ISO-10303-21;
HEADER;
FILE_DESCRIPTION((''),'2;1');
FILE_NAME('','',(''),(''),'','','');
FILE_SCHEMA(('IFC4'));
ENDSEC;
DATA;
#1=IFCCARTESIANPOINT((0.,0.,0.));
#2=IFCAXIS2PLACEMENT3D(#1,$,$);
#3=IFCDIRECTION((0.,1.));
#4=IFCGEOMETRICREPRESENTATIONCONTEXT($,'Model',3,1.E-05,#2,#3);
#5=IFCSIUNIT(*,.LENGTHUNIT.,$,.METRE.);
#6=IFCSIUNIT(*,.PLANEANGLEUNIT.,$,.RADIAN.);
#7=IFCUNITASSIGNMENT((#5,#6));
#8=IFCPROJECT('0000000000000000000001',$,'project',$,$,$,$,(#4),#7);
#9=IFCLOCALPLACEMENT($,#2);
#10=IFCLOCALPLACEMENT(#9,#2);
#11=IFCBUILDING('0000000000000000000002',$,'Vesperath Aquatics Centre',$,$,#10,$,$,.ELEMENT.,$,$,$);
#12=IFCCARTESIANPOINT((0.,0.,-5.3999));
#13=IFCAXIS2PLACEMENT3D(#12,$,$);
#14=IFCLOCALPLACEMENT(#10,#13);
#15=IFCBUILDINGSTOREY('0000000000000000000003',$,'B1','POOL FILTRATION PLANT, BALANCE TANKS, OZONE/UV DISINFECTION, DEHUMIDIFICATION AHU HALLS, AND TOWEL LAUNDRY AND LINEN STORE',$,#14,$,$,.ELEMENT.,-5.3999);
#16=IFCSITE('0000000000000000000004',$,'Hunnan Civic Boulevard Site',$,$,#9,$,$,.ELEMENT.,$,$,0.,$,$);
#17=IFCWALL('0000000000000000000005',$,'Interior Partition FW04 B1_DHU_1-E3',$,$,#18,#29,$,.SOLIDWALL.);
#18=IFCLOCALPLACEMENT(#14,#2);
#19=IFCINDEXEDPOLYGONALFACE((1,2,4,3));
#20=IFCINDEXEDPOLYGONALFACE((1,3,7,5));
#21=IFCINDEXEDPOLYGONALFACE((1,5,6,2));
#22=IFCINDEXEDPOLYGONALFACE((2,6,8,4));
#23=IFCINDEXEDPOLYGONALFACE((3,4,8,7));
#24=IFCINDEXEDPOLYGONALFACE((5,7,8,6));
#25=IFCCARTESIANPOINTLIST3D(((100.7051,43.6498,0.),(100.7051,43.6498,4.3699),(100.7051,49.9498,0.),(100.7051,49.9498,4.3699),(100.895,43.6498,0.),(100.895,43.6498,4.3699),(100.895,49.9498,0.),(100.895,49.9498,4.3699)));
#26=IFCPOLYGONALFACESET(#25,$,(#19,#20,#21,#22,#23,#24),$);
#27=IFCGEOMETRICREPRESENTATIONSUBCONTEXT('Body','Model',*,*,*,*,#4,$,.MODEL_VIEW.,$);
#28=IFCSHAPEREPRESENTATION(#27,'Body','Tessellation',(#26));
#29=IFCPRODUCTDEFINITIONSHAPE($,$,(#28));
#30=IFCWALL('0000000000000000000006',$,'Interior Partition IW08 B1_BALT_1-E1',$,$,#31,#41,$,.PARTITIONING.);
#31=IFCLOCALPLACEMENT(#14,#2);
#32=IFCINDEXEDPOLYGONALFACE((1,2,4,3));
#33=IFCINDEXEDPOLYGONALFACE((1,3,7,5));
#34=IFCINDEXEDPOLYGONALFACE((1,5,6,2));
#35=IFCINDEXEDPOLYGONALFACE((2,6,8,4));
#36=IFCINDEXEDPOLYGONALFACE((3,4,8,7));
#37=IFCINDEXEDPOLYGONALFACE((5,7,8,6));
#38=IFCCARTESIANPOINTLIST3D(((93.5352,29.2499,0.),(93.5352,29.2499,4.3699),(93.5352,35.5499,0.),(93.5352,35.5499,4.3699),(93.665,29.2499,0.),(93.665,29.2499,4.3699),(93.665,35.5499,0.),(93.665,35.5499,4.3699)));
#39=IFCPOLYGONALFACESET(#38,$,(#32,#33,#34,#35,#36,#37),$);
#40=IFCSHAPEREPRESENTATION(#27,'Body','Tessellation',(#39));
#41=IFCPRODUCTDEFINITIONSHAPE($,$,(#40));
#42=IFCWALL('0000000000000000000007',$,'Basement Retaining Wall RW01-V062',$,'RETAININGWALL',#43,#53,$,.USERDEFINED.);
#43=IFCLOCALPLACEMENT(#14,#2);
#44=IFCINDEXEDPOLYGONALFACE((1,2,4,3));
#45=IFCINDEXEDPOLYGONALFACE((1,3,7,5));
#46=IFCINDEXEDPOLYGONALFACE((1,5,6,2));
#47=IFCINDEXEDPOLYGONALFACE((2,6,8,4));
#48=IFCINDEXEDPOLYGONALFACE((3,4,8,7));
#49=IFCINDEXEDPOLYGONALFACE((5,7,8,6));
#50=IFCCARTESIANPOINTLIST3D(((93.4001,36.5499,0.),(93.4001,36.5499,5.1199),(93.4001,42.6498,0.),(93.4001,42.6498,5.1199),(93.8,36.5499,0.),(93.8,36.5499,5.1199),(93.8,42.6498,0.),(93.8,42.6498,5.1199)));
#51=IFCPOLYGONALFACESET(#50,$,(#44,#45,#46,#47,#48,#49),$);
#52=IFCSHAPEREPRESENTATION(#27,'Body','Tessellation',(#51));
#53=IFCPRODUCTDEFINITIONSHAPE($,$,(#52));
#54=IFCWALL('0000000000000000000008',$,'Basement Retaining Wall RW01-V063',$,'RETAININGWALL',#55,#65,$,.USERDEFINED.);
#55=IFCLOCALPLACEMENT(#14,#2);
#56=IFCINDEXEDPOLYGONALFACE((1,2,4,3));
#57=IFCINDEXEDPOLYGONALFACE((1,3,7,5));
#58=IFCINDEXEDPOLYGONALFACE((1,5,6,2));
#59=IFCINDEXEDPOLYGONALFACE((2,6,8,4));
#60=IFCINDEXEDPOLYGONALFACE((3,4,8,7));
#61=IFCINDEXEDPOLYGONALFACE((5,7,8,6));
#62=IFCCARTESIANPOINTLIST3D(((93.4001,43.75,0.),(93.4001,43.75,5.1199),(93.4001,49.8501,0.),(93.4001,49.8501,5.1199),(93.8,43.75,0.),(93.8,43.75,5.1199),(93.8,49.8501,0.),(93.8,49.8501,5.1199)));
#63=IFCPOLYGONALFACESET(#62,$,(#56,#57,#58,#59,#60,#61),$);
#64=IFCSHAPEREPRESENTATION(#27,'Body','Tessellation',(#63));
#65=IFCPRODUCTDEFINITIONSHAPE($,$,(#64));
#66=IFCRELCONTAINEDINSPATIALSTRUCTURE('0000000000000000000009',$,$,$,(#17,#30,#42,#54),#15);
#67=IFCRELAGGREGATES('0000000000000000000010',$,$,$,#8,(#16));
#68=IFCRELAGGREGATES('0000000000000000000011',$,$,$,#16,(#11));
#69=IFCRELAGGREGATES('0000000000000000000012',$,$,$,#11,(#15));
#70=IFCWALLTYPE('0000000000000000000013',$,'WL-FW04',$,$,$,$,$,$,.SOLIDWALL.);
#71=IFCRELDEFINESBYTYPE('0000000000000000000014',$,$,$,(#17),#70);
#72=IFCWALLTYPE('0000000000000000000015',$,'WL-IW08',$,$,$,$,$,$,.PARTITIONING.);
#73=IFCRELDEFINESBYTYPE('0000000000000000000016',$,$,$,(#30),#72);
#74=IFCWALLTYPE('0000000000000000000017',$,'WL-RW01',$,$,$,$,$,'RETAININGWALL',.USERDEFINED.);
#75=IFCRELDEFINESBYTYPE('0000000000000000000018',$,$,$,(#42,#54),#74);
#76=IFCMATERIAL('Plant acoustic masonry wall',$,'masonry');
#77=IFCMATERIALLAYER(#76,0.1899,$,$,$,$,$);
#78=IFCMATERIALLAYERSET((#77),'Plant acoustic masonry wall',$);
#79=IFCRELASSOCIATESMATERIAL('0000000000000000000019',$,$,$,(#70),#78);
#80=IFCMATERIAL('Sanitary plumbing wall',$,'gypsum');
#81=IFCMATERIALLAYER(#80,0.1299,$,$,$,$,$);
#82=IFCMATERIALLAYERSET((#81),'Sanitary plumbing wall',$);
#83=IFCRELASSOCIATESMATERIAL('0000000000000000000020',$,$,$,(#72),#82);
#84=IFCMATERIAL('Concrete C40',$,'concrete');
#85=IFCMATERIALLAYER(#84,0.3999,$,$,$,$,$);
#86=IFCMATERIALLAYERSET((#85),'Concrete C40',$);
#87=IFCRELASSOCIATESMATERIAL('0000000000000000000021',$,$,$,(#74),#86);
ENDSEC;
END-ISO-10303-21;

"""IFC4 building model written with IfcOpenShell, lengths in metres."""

from ifc_helpers import new_model, si_unit, direction, frame, frame_2d, origin, place, context, subcontext, project, spatial, rectangle, extrude, material, layer, layer_set, type_object, element, save


model = new_model("IFC4")

# Units and contexts
model_context = context("Model", 3, precision=1e-05, world=origin(), true_north=direction((0.0, 1.0)))
body_context = subcontext(model_context, "Body", "Model", "MODEL_VIEW")
ifc_project = project(units=[si_unit("LENGTHUNIT", "METRE"), si_unit("PLANEANGLEUNIT", "RADIAN")], contexts=[model_context])

# Site, building, storey
site_placement = place(None, origin())
site = spatial("IfcSite", under=ifc_project, at=site_placement, Name="Hunnan Civic Boulevard Site", CompositionType="ELEMENT", RefElevation=0.0)
building_placement = place(site_placement, origin())
building = spatial("IfcBuilding", under=site, at=building_placement, Name="Vesperath Aquatics Centre", CompositionType="ELEMENT")
storey_placement = place(building_placement, frame((0.0, 0.0, -5.3999)))
storey = spatial("IfcBuildingStorey", under=building, at=storey_placement, Name="B1", Description="POOL FILTRATION PLANT, BALANCE TANKS, OZONE/UV DISINFECTION, DEHUMIDIFICATION AHU HALLS, AND TOWEL LAUNDRY AND LINEN STORE", CompositionType="ELEMENT", Elevation=-5.3999)

# Shared definitions
ifc_material_1 = material(Name="Concrete C40", Category="concrete")

# Shared definitions
ifc_material_2 = material(Name="Plant acoustic masonry wall", Category="masonry")
ifc_layer_1 = layer(ifc_material_2, 0.1899)
ifc_layer_set_1 = layer_set([ifc_layer_1], Name="Plant acoustic masonry wall")
wall_type_1 = type_object("IfcWallType", Name="WL-FW04", PredefinedType="SOLIDWALL", material=ifc_layer_set_1)

# Walls
wall_1_placement = place(storey_placement, frame((100.8, 43.6499, 0.0), z_axis=(0.0, 0.0, 1.0), x_axis=(0.0, 1.0, 0.0)))
element("IfcWall", 1, at=wall_1_placement, inside=storey, type_object=wall_type_1, Name="Interior Partition FW04 B1_DHU_1-E3", PredefinedType="SOLIDWALL", context=body_context, shape_type="SweptSolid", body=[
    extrude(rectangle(XDim=6.3, YDim=0.1899, at=frame_2d((3.1499, 0.0))), origin(), (0.0, 0.0, 1.0), 4.3699),
])
ifc_material_3 = material(Name="Sanitary plumbing wall", Category="gypsum")
ifc_layer_2 = layer(ifc_material_3, 0.1299)
ifc_layer_set_2 = layer_set([ifc_layer_2], Name="Sanitary plumbing wall")
wall_type_2 = type_object("IfcWallType", Name="WL-IW08", PredefinedType="PARTITIONING", material=ifc_layer_set_2)
wall_2_placement = place(storey_placement, frame((93.6001, 29.25, 0.0), z_axis=(0.0, 0.0, 1.0), x_axis=(0.0, 1.0, 0.0)))
element("IfcWall", 2, at=wall_2_placement, inside=storey, type_object=wall_type_2, Name="Interior Partition IW08 B1_BALT_1-E1", PredefinedType="PARTITIONING", context=body_context, shape_type="SweptSolid", body=[
    extrude(rectangle(XDim=6.3, YDim=0.1299, at=frame_2d((3.1499, 0.0))), origin(), (0.0, 0.0, 1.0), 4.3699),
])
ifc_layer_3 = layer(ifc_material_1, 0.3999)
ifc_layer_set_3 = layer_set([ifc_layer_3], Name="Concrete C40")
wall_type_3 = type_object("IfcWallType", Name="WL-RW01", ElementType="RETAININGWALL", PredefinedType="USERDEFINED", material=ifc_layer_set_3)
wall_3_placement = place(storey_placement, frame((93.6001, 36.55, 0.0), z_axis=(0.0, 0.0, 1.0), x_axis=(0.0, 1.0, 0.0)))
element("IfcWall", 3, at=wall_3_placement, inside=storey, type_object=wall_type_3, Name="Basement Retaining Wall RW01-V062", ObjectType="RETAININGWALL", PredefinedType="USERDEFINED", context=body_context, shape_type="SweptSolid", body=[
    extrude(rectangle(XDim=6.0999, YDim=0.3999, at=frame_2d((3.0498, 0.0))), origin(), (0.0, 0.0, 1.0), 5.1199),
])
wall_4_placement = place(storey_placement, frame((93.6001, 43.75, 0.0), z_axis=(0.0, 0.0, 1.0), x_axis=(0.0, 1.0, 0.0)))
element("IfcWall", 4, at=wall_4_placement, inside=storey, type_object=wall_type_3, Name="Basement Retaining Wall RW01-V063", ObjectType="RETAININGWALL", PredefinedType="USERDEFINED", context=body_context, shape_type="SweptSolid", body=[
    extrude(rectangle(XDim=6.1001, YDim=0.3999, at=frame_2d((3.05, 0.0))), origin(), (0.0, 0.0, 1.0), 5.1199),
])

save(model, "model.ifc")
